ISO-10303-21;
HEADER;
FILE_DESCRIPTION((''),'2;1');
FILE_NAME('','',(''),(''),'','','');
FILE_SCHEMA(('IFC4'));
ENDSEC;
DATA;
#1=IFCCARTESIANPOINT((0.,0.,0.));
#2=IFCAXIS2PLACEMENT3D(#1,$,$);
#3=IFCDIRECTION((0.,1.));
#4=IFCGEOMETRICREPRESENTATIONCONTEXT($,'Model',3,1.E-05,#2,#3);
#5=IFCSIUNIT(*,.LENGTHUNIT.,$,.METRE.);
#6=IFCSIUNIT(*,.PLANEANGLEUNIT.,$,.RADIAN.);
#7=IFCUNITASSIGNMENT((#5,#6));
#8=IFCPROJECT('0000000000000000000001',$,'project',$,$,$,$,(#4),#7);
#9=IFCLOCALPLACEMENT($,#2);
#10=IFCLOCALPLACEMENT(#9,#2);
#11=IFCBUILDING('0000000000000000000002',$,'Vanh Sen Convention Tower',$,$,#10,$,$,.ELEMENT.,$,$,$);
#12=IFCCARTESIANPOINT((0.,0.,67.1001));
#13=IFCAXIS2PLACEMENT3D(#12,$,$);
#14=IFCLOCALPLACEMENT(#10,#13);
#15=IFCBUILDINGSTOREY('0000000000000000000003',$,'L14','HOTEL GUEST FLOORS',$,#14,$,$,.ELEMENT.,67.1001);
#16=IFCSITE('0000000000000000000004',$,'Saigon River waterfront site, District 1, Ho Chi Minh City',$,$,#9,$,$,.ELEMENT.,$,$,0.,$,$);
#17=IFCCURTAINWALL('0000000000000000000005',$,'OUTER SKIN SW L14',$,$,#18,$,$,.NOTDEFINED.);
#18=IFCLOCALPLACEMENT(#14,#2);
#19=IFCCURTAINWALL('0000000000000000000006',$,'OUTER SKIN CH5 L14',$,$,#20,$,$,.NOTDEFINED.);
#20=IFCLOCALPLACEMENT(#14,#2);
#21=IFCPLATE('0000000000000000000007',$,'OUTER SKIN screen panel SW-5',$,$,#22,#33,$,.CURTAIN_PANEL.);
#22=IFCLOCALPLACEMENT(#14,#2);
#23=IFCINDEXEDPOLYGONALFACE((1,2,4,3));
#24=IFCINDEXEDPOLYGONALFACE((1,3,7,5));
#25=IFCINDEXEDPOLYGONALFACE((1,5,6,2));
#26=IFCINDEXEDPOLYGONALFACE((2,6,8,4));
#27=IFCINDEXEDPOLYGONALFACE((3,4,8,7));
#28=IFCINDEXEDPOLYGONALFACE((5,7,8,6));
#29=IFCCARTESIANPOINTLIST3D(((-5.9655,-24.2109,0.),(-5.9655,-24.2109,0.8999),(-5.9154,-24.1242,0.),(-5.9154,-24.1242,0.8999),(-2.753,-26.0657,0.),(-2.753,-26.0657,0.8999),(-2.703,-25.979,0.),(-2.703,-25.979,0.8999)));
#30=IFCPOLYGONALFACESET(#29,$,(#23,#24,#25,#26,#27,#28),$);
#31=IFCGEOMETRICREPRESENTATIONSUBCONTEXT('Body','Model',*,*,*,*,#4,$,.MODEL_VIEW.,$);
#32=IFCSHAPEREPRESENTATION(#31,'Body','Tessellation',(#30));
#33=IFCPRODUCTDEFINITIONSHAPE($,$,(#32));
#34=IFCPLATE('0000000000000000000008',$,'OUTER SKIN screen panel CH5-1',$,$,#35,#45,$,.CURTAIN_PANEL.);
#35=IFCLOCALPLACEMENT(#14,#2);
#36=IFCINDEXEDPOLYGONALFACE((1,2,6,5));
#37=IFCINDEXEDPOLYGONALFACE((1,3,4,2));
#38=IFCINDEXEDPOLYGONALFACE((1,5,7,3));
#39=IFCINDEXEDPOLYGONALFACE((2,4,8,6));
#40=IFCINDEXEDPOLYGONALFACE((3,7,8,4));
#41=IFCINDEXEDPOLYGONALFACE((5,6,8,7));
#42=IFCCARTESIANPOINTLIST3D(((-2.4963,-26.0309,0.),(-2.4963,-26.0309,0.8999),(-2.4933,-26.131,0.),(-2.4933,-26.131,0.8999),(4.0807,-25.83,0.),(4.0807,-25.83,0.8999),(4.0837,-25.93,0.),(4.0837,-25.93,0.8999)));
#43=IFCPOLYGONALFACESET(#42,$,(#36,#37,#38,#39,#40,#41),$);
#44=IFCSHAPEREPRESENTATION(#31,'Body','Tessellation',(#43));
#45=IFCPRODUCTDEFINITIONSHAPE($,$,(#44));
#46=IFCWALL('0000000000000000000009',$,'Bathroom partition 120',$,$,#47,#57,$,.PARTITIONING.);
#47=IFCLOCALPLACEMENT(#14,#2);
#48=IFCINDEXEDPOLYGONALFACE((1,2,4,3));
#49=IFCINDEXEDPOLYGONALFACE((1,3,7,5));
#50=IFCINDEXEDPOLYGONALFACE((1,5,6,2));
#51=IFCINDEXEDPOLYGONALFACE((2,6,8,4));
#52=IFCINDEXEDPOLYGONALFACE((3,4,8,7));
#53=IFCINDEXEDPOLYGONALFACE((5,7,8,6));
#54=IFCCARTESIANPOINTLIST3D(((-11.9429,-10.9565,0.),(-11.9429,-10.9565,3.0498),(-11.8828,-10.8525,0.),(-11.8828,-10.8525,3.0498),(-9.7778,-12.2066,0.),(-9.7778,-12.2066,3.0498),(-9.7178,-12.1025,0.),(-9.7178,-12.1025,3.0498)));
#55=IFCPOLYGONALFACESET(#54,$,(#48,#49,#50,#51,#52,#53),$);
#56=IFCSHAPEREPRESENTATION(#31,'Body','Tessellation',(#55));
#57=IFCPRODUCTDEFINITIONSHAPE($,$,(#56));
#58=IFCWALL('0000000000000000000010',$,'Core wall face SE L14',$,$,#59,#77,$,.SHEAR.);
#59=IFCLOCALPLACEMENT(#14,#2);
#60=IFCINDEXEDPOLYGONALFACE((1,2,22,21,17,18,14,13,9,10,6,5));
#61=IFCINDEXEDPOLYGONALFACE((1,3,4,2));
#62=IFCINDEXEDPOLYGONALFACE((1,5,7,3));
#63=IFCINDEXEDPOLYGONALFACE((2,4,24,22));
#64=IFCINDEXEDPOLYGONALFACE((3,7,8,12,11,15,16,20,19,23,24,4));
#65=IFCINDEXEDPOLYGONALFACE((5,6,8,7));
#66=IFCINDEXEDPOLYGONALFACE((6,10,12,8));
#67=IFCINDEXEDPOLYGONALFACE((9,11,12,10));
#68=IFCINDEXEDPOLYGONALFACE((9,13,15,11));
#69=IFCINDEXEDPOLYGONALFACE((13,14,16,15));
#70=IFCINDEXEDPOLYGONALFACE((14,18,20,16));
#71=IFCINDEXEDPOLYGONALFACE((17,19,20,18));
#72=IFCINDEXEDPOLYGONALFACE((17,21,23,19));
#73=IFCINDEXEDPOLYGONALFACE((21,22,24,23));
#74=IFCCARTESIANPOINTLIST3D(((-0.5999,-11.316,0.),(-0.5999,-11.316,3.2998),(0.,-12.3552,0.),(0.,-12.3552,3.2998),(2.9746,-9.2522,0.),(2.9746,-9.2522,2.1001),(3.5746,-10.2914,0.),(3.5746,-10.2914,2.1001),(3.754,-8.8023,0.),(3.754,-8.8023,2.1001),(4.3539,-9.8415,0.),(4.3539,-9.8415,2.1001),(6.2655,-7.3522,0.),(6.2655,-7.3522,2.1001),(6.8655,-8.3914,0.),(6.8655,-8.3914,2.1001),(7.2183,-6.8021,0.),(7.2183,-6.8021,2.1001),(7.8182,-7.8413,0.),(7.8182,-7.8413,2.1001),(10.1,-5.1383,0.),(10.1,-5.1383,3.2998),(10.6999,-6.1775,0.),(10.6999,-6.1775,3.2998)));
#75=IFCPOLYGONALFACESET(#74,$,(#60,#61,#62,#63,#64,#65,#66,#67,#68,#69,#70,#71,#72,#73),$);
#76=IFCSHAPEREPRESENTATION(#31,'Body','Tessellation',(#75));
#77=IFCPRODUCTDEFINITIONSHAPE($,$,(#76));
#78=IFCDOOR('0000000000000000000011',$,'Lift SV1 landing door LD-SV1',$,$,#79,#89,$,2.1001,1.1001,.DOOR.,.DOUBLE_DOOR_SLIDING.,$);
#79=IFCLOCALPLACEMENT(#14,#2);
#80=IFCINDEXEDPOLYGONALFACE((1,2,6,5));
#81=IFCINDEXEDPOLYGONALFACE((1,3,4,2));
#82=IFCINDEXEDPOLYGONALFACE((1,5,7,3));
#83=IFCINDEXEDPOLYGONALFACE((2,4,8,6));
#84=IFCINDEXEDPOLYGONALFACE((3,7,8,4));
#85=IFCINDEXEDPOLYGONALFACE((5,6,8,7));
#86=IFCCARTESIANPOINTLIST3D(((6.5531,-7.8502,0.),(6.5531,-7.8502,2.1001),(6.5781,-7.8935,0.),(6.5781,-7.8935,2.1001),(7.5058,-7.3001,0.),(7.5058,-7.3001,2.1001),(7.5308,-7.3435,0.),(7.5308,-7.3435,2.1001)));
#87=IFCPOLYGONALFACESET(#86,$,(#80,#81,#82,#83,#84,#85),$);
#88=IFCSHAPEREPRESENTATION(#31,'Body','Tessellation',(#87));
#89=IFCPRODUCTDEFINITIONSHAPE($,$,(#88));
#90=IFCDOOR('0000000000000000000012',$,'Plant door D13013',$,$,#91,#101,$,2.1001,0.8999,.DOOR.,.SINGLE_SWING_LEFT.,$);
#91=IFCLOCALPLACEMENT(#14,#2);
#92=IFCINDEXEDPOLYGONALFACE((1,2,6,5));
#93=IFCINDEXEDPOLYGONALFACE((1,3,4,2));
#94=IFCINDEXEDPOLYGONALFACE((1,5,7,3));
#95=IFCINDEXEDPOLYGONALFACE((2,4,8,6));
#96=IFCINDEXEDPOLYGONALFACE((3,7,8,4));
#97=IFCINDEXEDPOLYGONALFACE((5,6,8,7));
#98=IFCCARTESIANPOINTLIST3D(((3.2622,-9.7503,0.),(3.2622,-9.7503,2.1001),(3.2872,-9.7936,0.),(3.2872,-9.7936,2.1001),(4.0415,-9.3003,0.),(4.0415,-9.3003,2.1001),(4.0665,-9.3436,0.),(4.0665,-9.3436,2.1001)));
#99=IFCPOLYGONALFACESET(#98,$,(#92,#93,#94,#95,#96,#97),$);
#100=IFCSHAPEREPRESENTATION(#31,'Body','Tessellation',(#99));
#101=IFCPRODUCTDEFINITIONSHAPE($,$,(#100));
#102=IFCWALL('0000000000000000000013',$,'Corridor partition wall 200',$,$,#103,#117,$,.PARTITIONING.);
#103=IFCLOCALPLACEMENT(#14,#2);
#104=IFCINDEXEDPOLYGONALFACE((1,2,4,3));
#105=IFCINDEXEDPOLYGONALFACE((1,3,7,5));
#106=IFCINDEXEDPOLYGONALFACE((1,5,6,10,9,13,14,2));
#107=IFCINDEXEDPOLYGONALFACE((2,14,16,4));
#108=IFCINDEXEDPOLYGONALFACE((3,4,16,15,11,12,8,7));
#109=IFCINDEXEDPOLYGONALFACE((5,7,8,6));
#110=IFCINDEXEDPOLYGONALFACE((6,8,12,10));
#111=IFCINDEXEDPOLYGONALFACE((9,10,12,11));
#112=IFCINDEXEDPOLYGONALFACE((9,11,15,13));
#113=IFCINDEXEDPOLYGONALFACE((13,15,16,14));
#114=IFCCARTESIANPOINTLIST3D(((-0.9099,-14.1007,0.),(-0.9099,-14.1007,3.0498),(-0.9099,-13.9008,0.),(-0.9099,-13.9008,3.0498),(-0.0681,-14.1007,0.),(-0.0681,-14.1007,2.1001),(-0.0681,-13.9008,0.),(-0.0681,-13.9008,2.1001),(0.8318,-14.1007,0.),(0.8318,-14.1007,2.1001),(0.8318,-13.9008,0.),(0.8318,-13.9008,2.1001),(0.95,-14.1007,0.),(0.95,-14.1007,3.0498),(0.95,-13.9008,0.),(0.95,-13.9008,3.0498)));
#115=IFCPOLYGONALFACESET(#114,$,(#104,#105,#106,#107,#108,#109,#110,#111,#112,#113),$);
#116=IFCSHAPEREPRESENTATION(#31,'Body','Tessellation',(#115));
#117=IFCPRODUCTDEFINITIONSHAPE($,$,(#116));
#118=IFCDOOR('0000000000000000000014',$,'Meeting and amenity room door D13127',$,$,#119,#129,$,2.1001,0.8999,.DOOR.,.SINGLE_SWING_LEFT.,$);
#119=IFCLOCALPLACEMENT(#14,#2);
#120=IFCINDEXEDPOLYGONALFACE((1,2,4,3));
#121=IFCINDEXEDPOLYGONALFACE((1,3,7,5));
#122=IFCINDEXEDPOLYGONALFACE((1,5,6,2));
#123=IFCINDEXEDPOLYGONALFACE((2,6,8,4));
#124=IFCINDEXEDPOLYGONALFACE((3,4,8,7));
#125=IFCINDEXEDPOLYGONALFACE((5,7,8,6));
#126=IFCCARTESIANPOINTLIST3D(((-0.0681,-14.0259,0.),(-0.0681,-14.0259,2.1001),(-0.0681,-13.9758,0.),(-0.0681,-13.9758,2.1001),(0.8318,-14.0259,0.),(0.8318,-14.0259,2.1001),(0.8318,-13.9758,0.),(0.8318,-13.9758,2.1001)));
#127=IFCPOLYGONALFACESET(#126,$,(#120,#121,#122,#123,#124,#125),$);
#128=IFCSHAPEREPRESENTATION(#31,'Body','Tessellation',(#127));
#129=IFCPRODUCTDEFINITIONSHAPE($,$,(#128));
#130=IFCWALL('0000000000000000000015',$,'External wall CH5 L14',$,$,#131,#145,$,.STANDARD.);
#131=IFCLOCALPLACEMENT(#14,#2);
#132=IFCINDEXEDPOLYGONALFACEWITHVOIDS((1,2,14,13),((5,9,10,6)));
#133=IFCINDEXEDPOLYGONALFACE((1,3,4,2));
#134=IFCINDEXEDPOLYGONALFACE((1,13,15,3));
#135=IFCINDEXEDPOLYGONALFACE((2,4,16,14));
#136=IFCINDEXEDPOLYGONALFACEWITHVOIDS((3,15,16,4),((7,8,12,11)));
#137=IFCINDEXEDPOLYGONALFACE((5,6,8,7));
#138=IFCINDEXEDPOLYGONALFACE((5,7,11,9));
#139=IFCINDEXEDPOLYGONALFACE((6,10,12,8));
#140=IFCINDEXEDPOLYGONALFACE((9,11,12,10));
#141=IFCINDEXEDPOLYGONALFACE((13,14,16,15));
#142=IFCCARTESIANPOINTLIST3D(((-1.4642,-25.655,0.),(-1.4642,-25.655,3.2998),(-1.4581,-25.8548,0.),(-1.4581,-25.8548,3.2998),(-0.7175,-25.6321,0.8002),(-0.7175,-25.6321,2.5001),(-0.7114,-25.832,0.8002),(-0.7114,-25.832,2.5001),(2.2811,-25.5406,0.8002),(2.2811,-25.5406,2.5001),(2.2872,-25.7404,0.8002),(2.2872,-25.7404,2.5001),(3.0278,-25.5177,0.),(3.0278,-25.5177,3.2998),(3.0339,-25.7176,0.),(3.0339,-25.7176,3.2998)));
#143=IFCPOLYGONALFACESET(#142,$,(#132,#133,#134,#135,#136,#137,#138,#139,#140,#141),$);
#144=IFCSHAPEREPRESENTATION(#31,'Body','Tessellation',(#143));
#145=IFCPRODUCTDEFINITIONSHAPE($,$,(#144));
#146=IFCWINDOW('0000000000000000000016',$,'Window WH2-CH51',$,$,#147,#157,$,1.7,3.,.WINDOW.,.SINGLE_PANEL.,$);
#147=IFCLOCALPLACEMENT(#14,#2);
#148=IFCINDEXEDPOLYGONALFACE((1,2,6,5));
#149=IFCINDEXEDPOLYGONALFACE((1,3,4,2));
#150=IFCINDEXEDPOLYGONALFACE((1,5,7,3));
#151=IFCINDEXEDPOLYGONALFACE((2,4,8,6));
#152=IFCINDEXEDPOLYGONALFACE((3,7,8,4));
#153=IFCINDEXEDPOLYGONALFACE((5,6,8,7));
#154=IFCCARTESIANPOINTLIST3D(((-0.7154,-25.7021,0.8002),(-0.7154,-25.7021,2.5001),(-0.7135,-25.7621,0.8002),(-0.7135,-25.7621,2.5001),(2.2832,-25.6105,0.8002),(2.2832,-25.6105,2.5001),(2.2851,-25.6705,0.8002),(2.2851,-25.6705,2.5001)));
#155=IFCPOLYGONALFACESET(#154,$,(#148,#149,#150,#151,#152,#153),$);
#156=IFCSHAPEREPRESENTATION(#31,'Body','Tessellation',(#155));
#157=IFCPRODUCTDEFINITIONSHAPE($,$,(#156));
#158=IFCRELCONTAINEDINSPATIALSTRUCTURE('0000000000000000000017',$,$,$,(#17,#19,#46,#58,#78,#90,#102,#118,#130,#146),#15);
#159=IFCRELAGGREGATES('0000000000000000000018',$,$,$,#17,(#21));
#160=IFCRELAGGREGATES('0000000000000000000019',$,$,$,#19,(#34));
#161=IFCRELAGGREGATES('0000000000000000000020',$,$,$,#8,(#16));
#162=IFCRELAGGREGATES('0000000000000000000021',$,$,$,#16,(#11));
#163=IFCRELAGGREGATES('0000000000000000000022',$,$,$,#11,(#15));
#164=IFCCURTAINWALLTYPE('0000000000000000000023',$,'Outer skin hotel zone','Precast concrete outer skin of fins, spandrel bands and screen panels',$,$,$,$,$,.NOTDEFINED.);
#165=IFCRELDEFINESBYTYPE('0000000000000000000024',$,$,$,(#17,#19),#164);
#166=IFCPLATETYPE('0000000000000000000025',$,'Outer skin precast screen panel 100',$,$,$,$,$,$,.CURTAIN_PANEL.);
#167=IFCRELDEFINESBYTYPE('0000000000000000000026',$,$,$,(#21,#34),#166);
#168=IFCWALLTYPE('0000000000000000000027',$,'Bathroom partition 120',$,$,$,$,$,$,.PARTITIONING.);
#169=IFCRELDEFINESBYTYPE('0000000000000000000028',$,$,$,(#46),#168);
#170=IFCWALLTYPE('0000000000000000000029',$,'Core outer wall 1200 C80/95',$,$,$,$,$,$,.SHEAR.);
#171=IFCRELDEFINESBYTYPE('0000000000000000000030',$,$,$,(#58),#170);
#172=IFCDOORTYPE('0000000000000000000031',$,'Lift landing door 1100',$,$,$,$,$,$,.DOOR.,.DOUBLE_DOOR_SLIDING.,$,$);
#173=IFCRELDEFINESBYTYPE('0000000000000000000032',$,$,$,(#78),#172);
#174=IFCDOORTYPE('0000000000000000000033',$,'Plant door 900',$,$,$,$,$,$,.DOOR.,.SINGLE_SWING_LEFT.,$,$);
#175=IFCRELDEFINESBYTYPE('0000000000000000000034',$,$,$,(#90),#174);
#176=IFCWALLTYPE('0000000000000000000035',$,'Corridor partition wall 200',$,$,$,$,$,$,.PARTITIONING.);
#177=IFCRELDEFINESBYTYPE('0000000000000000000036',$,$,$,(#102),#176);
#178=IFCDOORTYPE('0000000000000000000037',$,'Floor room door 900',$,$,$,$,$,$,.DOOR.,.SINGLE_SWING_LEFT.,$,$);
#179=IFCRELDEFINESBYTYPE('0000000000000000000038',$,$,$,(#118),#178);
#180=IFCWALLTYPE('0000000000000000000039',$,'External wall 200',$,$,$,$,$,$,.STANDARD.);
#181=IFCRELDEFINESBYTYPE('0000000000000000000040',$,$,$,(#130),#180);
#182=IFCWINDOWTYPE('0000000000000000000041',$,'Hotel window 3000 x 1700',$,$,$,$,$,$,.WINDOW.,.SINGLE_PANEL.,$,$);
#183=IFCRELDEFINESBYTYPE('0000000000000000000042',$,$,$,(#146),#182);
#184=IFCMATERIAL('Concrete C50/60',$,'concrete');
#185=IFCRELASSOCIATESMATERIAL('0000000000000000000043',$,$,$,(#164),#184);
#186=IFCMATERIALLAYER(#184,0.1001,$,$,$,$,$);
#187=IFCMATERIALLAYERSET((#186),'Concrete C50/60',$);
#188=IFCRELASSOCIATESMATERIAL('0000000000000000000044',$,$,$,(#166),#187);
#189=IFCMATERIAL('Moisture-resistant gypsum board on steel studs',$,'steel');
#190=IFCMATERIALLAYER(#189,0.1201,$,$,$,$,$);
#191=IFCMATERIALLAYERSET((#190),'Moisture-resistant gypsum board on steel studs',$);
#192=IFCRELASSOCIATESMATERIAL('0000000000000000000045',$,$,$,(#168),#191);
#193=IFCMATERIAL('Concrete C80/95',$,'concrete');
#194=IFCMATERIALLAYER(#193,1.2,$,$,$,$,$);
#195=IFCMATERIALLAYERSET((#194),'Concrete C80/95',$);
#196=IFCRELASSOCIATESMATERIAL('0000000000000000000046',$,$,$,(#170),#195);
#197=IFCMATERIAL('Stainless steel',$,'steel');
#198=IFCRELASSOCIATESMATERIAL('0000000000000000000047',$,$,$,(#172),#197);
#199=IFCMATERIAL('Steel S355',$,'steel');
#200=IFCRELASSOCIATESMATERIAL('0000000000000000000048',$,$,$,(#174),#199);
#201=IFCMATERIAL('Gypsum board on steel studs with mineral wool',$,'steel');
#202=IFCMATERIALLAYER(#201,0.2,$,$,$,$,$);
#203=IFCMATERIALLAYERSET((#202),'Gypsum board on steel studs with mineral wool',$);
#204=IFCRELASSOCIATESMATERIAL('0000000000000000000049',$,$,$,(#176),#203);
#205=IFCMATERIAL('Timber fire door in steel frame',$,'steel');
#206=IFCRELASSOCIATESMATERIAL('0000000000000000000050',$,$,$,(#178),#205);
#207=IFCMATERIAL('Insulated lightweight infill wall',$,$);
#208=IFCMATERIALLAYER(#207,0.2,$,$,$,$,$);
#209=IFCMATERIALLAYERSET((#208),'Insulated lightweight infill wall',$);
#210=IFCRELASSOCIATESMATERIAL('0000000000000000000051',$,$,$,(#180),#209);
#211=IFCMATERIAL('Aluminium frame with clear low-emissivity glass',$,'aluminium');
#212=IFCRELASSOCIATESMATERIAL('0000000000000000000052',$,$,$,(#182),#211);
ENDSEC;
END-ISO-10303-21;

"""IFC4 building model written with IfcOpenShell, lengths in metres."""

from ifc_helpers import new_model, si_unit, direction, frame, frame_2d, origin, origin_2d, place, context, subcontext, project, spatial, rectangle, extrude, material, layer, layer_set, type_object, element, fill, aggregate, save


model = new_model("IFC4")

# Units and contexts
model_context = context("Model", 3, precision=1e-05, world=origin(), true_north=direction((0.0, 1.0)))
body_context = subcontext(model_context, "Body", "Model", "MODEL_VIEW")
ifc_project = project(units=[si_unit("LENGTHUNIT", "METRE"), si_unit("PLANEANGLEUNIT", "RADIAN")], contexts=[model_context])

# Site, building, storey
site_placement = place(None, origin())
site = spatial("IfcSite", under=ifc_project, at=site_placement, Name="Saigon River waterfront site, District 1, Ho Chi Minh City", CompositionType="ELEMENT", RefElevation=0.0)
building_placement = place(site_placement, origin())
building = spatial("IfcBuilding", under=site, at=building_placement, Name="Vanh Sen Convention Tower", CompositionType="ELEMENT")
storey_placement = place(building_placement, frame((0.0, 0.0, 67.1001)))
storey = spatial("IfcBuildingStorey", under=building, at=storey_placement, Name="L14", Description="HOTEL GUEST FLOORS", CompositionType="ELEMENT", Elevation=67.1001)

# Shared definitions
ifc_material_1 = material(Name="Concrete C80/95", Category="concrete")

# Curtain wall
ifc_material_2 = material(Name="Concrete C50/60", Category="concrete")
curtain_wall_type = type_object("IfcCurtainWallType", Name="Outer skin hotel zone", Description="Precast concrete outer skin of fins, spandrel bands and screen panels", PredefinedType="NOTDEFINED", material=ifc_material_2)
curtain_wall_1_placement = place(storey_placement, origin())
curtain_wall_1 = element("IfcCurtainWall", 1, at=curtain_wall_1_placement, inside=storey, type_object=curtain_wall_type, Name="OUTER SKIN SW L14", PredefinedType="NOTDEFINED")

# Curtain wall
curtain_wall_2_placement = place(storey_placement, origin())
curtain_wall_2 = element("IfcCurtainWall", 2, at=curtain_wall_2_placement, inside=storey, type_object=curtain_wall_type, Name="OUTER SKIN CH5 L14", PredefinedType="NOTDEFINED")

# Plates
ifc_layer_1 = layer(ifc_material_2, 0.1001)
ifc_layer_set_1 = layer_set([ifc_layer_1], Name="Concrete C50/60")
plate_type = type_object("IfcPlateType", Name="Outer skin precast screen panel 100", PredefinedType="CURTAIN_PANEL", material=ifc_layer_set_1)
plate_1_placement = place(storey_placement, frame((-4.3342, -25.095, 0.0), z_axis=(0.0, 0.0, 1.0), x_axis=(0.866021, -0.500008, 0.0)))
plate_1 = element("IfcPlate", 3, at=plate_1_placement, type_object=plate_type, Name="OUTER SKIN screen panel SW-5", PredefinedType="CURTAIN_PANEL", context=body_context, shape_type="SweptSolid", body=[
    extrude(rectangle(XDim=3.7095, YDim=0.1001, at=origin_2d()), origin(), (0.0, 0.0, 1.0), 0.8999),
])
aggregate(curtain_wall_1, [plate_1])
plate_2_placement = place(storey_placement, frame((0.7937, -25.9805, 0.0), z_axis=(0.0, 0.0, 1.0), x_axis=(0.999533, 0.030542, 0.0)))
plate_2 = element("IfcPlate", 4, at=plate_2_placement, type_object=plate_type, Name="OUTER SKIN screen panel CH5-1", PredefinedType="CURTAIN_PANEL", context=body_context, shape_type="SweptSolid", body=[
    extrude(rectangle(XDim=6.5801, YDim=0.1001, at=origin_2d()), origin(), (0.0, 0.0, 1.0), 0.8999),
])
aggregate(curtain_wall_2, [plate_2])

# Wall
ifc_material_3 = material(Name="Moisture-resistant gypsum board on steel studs", Category="steel")
ifc_layer_2 = layer(ifc_material_3, 0.1201)
ifc_layer_set_2 = layer_set([ifc_layer_2], Name="Moisture-resistant gypsum board on steel studs")
wall_type_1 = type_object("IfcWallType", Name="Bathroom partition 120", PredefinedType="PARTITIONING", material=ifc_layer_set_2)
wall_1_placement = place(storey_placement, frame((-9.7478, -12.1545, 0.0), z_axis=(0.0, 0.0, 1.0), x_axis=(-0.866023, 0.500004, 0.0)))
element("IfcWall", 5, at=wall_1_placement, inside=storey, type_object=wall_type_1, Name="Bathroom partition 120", PredefinedType="PARTITIONING", context=body_context, shape_type="SweptSolid", body=[
    extrude(rectangle(XDim=2.5, YDim=0.1201, at=frame_2d((1.25, 0.0))), origin(), (0.0, 0.0, 1.0), 3.0498),
])

# Wall, openings, doors
ifc_layer_3 = layer(ifc_material_1, 1.2)
ifc_layer_set_3 = layer_set([ifc_layer_3], Name="Concrete C80/95")
wall_type_2 = type_object("IfcWallType", Name="Core outer wall 1200 C80/95", PredefinedType="SHEAR", material=ifc_layer_set_3)
wall_2_placement = place(storey_placement, frame((-0.3, -11.8357, 0.0), z_axis=(0.0, 0.0, 1.0), x_axis=(0.866021, 0.500007, 0.0)))
wall_2 = element("IfcWall", 6, at=wall_2_placement, inside=storey, type_object=wall_type_2, Name="Core wall face SE L14", PredefinedType="SHEAR", context=body_context, shape_type="SweptSolid", body=[
    extrude(rectangle(XDim=12.3552, YDim=1.2, at=frame_2d((6.1777, 0.0))), origin(), (0.0, 0.0, 1.0), 3.2998),
])
opening_1_placement = place(wall_2_placement, frame((4.1277, 0.0, 0.0)))
opening_1 = element("IfcOpeningElement", 7, at=opening_1_placement, cuts=wall_2, PredefinedType="OPENING", context=body_context, shape_type="SweptSolid", body=[
    extrude(rectangle(XDim=0.8999, YDim=2.1001, at=frame_2d((0.45, 1.05))), frame((0.0, 0.6099, 0.0), z_axis=(0.0, -1.0, 0.0), x_axis=(1.0, 0.0, 0.0)), (0.0, 0.0, 1.0), 1.22),
])
opening_2_placement = place(wall_2_placement, frame((7.9277, 0.0, 0.0)))
opening_2 = element("IfcOpeningElement", 8, at=opening_2_placement, cuts=wall_2, PredefinedType="OPENING", context=body_context, shape_type="SweptSolid", body=[
    extrude(rectangle(XDim=1.1001, YDim=2.1001, at=frame_2d((0.55, 1.05))), frame((0.0, 0.6099, 0.0), z_axis=(0.0, -1.0, 0.0), x_axis=(1.0, 0.0, 0.0)), (0.0, 0.0, 1.0), 1.22),
])
ifc_material_4 = material(Name="Stainless steel", Category="steel")
door_type_1 = type_object("IfcDoorType", Name="Lift landing door 1100", OperationType="DOUBLE_DOOR_SLIDING", PredefinedType="DOOR", material=ifc_material_4)
door_1_placement = place(opening_2_placement, origin())
door_1 = element("IfcDoor", 9, at=door_1_placement, inside=storey, type_object=door_type_1, Name="Lift SV1 landing door LD-SV1", OperationType="DOUBLE_DOOR_SLIDING", OverallHeight=2.1001, OverallWidth=1.1001, PredefinedType="DOOR", context=body_context, shape_type="SweptSolid", body=[
    extrude(rectangle(XDim=1.1001, YDim=2.1001, at=frame_2d((0.55, 1.05))), frame((0.0, 0.0249, 0.0), z_axis=(0.0, -1.0, 0.0), x_axis=(1.0, 0.0, 0.0)), (0.0, 0.0, 1.0), 0.05),
])
fill(opening_2, door_1)
ifc_material_5 = material(Name="Steel S355", Category="steel")
door_type_2 = type_object("IfcDoorType", Name="Plant door 900", OperationType="SINGLE_SWING_LEFT", PredefinedType="DOOR", material=ifc_material_5)
door_2_placement = place(opening_1_placement, origin())
door_2 = element("IfcDoor", 10, at=door_2_placement, inside=storey, type_object=door_type_2, Name="Plant door D13013", OperationType="SINGLE_SWING_LEFT", OverallHeight=2.1001, OverallWidth=0.8999, PredefinedType="DOOR", context=body_context, shape_type="SweptSolid", body=[
    extrude(rectangle(XDim=0.8999, YDim=2.1001, at=frame_2d((0.45, 1.05))), frame((0.0, 0.0249, 0.0), z_axis=(0.0, -1.0, 0.0), x_axis=(1.0, 0.0, 0.0)), (0.0, 0.0, 1.0), 0.05),
])
fill(opening_1, door_2)

# Wall, opening, door
ifc_material_6 = material(Name="Gypsum board on steel studs with mineral wool", Category="steel")
ifc_layer_4 = layer(ifc_material_6, 0.2)
ifc_layer_set_4 = layer_set([ifc_layer_4], Name="Gypsum board on steel studs with mineral wool")
wall_type_3 = type_object("IfcWallType", Name="Corridor partition wall 200", PredefinedType="PARTITIONING", material=ifc_layer_set_4)
wall_3_placement = place(storey_placement, frame((-0.9099, -14.0007, 0.0), z_axis=(0.0, 0.0, 1.0), x_axis=(1.0, 0.0, 0.0)))
wall_3 = element("IfcWall", 11, at=wall_3_placement, inside=storey, type_object=wall_type_3, Name="Corridor partition wall 200", PredefinedType="PARTITIONING", context=body_context, shape_type="SweptSolid", body=[
    extrude(rectangle(XDim=1.8599, YDim=0.2, at=frame_2d((0.9299, 0.0))), origin(), (0.0, 0.0, 1.0), 3.0498),
])
opening_3_placement = place(wall_3_placement, frame((0.8418, 0.0, 0.0)))
opening_3 = element("IfcOpeningElement", 12, at=opening_3_placement, cuts=wall_3, PredefinedType="OPENING", context=body_context, shape_type="SweptSolid", body=[
    extrude(rectangle(XDim=0.8999, YDim=2.1001, at=frame_2d((0.45, 1.05))), frame((0.0, 0.1099, 0.0), z_axis=(0.0, -1.0, 0.0), x_axis=(1.0, 0.0, 0.0)), (0.0, 0.0, 1.0), 0.22),
])
ifc_material_7 = material(Name="Timber fire door in steel frame", Category="steel")
door_type_3 = type_object("IfcDoorType", Name="Floor room door 900", OperationType="SINGLE_SWING_LEFT", PredefinedType="DOOR", material=ifc_material_7)
door_3_placement = place(opening_3_placement, origin())
door_3 = element("IfcDoor", 13, at=door_3_placement, inside=storey, type_object=door_type_3, Name="Meeting and amenity room door D13127", OperationType="SINGLE_SWING_LEFT", OverallHeight=2.1001, OverallWidth=0.8999, PredefinedType="DOOR", context=body_context, shape_type="SweptSolid", body=[
    extrude(rectangle(XDim=0.8999, YDim=2.1001, at=frame_2d((0.45, 1.05))), frame((0.0, 0.0249, 0.0), z_axis=(0.0, -1.0, 0.0), x_axis=(1.0, 0.0, 0.0)), (0.0, 0.0, 1.0), 0.05),
])
fill(opening_3, door_3)

# Wall, opening, window
ifc_material_8 = material(Name="Insulated lightweight infill wall")
ifc_layer_5 = layer(ifc_material_8, 0.2)
ifc_layer_set_5 = layer_set([ifc_layer_5], Name="Insulated lightweight infill wall")
wall_type_4 = type_object("IfcWallType", Name="External wall 200", PredefinedType="STANDARD", material=ifc_layer_set_5)
wall_4_placement = place(storey_placement, frame((-1.4612, -25.7549, 0.0), z_axis=(0.0, 0.0, 1.0), x_axis=(0.999534, 0.030531, 0.0)))
wall_4 = element("IfcWall", 14, at=wall_4_placement, inside=storey, type_object=wall_type_4, Name="External wall CH5 L14", PredefinedType="STANDARD", context=body_context, shape_type="SweptSolid", body=[
    extrude(rectangle(XDim=4.4941, YDim=0.2, at=frame_2d((2.2471, 0.0))), origin(), (0.0, 0.0, 1.0), 3.2998),
])
opening_4_placement = place(wall_4_placement, frame((0.7471, 0.0, 0.8)))
opening_4 = element("IfcOpeningElement", 15, at=opening_4_placement, cuts=wall_4, PredefinedType="OPENING", context=body_context, shape_type="SweptSolid", body=[
    extrude(rectangle(XDim=3.0, YDim=1.7, at=frame_2d((1.5, 0.8501))), frame((0.0, 0.1099, 0.0), z_axis=(0.0, -1.0, 0.0), x_axis=(1.0, 0.0, 0.0)), (0.0, 0.0, 1.0), 0.22),
])
ifc_material_9 = material(Name="Aluminium frame with clear low-emissivity glass", Category="aluminium")
window_type = type_object("IfcWindowType", Name="Hotel window 3000 x 1700", PartitioningType="SINGLE_PANEL", PredefinedType="WINDOW", material=ifc_material_9)
window_placement = place(opening_4_placement, origin())
window = element("IfcWindow", 16, at=window_placement, inside=storey, type_object=window_type, Name="Window WH2-CH51", OverallHeight=1.7, OverallWidth=3.0, PartitioningType="SINGLE_PANEL", PredefinedType="WINDOW", context=body_context, shape_type="SweptSolid", body=[
    extrude(rectangle(XDim=3.0, YDim=1.7, at=frame_2d((1.5, 0.8501))), frame((0.0, 0.03, 0.0), z_axis=(0.0, -1.0, 0.0), x_axis=(1.0, 0.0, 0.0)), (0.0, 0.0, 1.0), 0.0601),
])
fill(opening_4, window)

save(model, "model.ifc")
